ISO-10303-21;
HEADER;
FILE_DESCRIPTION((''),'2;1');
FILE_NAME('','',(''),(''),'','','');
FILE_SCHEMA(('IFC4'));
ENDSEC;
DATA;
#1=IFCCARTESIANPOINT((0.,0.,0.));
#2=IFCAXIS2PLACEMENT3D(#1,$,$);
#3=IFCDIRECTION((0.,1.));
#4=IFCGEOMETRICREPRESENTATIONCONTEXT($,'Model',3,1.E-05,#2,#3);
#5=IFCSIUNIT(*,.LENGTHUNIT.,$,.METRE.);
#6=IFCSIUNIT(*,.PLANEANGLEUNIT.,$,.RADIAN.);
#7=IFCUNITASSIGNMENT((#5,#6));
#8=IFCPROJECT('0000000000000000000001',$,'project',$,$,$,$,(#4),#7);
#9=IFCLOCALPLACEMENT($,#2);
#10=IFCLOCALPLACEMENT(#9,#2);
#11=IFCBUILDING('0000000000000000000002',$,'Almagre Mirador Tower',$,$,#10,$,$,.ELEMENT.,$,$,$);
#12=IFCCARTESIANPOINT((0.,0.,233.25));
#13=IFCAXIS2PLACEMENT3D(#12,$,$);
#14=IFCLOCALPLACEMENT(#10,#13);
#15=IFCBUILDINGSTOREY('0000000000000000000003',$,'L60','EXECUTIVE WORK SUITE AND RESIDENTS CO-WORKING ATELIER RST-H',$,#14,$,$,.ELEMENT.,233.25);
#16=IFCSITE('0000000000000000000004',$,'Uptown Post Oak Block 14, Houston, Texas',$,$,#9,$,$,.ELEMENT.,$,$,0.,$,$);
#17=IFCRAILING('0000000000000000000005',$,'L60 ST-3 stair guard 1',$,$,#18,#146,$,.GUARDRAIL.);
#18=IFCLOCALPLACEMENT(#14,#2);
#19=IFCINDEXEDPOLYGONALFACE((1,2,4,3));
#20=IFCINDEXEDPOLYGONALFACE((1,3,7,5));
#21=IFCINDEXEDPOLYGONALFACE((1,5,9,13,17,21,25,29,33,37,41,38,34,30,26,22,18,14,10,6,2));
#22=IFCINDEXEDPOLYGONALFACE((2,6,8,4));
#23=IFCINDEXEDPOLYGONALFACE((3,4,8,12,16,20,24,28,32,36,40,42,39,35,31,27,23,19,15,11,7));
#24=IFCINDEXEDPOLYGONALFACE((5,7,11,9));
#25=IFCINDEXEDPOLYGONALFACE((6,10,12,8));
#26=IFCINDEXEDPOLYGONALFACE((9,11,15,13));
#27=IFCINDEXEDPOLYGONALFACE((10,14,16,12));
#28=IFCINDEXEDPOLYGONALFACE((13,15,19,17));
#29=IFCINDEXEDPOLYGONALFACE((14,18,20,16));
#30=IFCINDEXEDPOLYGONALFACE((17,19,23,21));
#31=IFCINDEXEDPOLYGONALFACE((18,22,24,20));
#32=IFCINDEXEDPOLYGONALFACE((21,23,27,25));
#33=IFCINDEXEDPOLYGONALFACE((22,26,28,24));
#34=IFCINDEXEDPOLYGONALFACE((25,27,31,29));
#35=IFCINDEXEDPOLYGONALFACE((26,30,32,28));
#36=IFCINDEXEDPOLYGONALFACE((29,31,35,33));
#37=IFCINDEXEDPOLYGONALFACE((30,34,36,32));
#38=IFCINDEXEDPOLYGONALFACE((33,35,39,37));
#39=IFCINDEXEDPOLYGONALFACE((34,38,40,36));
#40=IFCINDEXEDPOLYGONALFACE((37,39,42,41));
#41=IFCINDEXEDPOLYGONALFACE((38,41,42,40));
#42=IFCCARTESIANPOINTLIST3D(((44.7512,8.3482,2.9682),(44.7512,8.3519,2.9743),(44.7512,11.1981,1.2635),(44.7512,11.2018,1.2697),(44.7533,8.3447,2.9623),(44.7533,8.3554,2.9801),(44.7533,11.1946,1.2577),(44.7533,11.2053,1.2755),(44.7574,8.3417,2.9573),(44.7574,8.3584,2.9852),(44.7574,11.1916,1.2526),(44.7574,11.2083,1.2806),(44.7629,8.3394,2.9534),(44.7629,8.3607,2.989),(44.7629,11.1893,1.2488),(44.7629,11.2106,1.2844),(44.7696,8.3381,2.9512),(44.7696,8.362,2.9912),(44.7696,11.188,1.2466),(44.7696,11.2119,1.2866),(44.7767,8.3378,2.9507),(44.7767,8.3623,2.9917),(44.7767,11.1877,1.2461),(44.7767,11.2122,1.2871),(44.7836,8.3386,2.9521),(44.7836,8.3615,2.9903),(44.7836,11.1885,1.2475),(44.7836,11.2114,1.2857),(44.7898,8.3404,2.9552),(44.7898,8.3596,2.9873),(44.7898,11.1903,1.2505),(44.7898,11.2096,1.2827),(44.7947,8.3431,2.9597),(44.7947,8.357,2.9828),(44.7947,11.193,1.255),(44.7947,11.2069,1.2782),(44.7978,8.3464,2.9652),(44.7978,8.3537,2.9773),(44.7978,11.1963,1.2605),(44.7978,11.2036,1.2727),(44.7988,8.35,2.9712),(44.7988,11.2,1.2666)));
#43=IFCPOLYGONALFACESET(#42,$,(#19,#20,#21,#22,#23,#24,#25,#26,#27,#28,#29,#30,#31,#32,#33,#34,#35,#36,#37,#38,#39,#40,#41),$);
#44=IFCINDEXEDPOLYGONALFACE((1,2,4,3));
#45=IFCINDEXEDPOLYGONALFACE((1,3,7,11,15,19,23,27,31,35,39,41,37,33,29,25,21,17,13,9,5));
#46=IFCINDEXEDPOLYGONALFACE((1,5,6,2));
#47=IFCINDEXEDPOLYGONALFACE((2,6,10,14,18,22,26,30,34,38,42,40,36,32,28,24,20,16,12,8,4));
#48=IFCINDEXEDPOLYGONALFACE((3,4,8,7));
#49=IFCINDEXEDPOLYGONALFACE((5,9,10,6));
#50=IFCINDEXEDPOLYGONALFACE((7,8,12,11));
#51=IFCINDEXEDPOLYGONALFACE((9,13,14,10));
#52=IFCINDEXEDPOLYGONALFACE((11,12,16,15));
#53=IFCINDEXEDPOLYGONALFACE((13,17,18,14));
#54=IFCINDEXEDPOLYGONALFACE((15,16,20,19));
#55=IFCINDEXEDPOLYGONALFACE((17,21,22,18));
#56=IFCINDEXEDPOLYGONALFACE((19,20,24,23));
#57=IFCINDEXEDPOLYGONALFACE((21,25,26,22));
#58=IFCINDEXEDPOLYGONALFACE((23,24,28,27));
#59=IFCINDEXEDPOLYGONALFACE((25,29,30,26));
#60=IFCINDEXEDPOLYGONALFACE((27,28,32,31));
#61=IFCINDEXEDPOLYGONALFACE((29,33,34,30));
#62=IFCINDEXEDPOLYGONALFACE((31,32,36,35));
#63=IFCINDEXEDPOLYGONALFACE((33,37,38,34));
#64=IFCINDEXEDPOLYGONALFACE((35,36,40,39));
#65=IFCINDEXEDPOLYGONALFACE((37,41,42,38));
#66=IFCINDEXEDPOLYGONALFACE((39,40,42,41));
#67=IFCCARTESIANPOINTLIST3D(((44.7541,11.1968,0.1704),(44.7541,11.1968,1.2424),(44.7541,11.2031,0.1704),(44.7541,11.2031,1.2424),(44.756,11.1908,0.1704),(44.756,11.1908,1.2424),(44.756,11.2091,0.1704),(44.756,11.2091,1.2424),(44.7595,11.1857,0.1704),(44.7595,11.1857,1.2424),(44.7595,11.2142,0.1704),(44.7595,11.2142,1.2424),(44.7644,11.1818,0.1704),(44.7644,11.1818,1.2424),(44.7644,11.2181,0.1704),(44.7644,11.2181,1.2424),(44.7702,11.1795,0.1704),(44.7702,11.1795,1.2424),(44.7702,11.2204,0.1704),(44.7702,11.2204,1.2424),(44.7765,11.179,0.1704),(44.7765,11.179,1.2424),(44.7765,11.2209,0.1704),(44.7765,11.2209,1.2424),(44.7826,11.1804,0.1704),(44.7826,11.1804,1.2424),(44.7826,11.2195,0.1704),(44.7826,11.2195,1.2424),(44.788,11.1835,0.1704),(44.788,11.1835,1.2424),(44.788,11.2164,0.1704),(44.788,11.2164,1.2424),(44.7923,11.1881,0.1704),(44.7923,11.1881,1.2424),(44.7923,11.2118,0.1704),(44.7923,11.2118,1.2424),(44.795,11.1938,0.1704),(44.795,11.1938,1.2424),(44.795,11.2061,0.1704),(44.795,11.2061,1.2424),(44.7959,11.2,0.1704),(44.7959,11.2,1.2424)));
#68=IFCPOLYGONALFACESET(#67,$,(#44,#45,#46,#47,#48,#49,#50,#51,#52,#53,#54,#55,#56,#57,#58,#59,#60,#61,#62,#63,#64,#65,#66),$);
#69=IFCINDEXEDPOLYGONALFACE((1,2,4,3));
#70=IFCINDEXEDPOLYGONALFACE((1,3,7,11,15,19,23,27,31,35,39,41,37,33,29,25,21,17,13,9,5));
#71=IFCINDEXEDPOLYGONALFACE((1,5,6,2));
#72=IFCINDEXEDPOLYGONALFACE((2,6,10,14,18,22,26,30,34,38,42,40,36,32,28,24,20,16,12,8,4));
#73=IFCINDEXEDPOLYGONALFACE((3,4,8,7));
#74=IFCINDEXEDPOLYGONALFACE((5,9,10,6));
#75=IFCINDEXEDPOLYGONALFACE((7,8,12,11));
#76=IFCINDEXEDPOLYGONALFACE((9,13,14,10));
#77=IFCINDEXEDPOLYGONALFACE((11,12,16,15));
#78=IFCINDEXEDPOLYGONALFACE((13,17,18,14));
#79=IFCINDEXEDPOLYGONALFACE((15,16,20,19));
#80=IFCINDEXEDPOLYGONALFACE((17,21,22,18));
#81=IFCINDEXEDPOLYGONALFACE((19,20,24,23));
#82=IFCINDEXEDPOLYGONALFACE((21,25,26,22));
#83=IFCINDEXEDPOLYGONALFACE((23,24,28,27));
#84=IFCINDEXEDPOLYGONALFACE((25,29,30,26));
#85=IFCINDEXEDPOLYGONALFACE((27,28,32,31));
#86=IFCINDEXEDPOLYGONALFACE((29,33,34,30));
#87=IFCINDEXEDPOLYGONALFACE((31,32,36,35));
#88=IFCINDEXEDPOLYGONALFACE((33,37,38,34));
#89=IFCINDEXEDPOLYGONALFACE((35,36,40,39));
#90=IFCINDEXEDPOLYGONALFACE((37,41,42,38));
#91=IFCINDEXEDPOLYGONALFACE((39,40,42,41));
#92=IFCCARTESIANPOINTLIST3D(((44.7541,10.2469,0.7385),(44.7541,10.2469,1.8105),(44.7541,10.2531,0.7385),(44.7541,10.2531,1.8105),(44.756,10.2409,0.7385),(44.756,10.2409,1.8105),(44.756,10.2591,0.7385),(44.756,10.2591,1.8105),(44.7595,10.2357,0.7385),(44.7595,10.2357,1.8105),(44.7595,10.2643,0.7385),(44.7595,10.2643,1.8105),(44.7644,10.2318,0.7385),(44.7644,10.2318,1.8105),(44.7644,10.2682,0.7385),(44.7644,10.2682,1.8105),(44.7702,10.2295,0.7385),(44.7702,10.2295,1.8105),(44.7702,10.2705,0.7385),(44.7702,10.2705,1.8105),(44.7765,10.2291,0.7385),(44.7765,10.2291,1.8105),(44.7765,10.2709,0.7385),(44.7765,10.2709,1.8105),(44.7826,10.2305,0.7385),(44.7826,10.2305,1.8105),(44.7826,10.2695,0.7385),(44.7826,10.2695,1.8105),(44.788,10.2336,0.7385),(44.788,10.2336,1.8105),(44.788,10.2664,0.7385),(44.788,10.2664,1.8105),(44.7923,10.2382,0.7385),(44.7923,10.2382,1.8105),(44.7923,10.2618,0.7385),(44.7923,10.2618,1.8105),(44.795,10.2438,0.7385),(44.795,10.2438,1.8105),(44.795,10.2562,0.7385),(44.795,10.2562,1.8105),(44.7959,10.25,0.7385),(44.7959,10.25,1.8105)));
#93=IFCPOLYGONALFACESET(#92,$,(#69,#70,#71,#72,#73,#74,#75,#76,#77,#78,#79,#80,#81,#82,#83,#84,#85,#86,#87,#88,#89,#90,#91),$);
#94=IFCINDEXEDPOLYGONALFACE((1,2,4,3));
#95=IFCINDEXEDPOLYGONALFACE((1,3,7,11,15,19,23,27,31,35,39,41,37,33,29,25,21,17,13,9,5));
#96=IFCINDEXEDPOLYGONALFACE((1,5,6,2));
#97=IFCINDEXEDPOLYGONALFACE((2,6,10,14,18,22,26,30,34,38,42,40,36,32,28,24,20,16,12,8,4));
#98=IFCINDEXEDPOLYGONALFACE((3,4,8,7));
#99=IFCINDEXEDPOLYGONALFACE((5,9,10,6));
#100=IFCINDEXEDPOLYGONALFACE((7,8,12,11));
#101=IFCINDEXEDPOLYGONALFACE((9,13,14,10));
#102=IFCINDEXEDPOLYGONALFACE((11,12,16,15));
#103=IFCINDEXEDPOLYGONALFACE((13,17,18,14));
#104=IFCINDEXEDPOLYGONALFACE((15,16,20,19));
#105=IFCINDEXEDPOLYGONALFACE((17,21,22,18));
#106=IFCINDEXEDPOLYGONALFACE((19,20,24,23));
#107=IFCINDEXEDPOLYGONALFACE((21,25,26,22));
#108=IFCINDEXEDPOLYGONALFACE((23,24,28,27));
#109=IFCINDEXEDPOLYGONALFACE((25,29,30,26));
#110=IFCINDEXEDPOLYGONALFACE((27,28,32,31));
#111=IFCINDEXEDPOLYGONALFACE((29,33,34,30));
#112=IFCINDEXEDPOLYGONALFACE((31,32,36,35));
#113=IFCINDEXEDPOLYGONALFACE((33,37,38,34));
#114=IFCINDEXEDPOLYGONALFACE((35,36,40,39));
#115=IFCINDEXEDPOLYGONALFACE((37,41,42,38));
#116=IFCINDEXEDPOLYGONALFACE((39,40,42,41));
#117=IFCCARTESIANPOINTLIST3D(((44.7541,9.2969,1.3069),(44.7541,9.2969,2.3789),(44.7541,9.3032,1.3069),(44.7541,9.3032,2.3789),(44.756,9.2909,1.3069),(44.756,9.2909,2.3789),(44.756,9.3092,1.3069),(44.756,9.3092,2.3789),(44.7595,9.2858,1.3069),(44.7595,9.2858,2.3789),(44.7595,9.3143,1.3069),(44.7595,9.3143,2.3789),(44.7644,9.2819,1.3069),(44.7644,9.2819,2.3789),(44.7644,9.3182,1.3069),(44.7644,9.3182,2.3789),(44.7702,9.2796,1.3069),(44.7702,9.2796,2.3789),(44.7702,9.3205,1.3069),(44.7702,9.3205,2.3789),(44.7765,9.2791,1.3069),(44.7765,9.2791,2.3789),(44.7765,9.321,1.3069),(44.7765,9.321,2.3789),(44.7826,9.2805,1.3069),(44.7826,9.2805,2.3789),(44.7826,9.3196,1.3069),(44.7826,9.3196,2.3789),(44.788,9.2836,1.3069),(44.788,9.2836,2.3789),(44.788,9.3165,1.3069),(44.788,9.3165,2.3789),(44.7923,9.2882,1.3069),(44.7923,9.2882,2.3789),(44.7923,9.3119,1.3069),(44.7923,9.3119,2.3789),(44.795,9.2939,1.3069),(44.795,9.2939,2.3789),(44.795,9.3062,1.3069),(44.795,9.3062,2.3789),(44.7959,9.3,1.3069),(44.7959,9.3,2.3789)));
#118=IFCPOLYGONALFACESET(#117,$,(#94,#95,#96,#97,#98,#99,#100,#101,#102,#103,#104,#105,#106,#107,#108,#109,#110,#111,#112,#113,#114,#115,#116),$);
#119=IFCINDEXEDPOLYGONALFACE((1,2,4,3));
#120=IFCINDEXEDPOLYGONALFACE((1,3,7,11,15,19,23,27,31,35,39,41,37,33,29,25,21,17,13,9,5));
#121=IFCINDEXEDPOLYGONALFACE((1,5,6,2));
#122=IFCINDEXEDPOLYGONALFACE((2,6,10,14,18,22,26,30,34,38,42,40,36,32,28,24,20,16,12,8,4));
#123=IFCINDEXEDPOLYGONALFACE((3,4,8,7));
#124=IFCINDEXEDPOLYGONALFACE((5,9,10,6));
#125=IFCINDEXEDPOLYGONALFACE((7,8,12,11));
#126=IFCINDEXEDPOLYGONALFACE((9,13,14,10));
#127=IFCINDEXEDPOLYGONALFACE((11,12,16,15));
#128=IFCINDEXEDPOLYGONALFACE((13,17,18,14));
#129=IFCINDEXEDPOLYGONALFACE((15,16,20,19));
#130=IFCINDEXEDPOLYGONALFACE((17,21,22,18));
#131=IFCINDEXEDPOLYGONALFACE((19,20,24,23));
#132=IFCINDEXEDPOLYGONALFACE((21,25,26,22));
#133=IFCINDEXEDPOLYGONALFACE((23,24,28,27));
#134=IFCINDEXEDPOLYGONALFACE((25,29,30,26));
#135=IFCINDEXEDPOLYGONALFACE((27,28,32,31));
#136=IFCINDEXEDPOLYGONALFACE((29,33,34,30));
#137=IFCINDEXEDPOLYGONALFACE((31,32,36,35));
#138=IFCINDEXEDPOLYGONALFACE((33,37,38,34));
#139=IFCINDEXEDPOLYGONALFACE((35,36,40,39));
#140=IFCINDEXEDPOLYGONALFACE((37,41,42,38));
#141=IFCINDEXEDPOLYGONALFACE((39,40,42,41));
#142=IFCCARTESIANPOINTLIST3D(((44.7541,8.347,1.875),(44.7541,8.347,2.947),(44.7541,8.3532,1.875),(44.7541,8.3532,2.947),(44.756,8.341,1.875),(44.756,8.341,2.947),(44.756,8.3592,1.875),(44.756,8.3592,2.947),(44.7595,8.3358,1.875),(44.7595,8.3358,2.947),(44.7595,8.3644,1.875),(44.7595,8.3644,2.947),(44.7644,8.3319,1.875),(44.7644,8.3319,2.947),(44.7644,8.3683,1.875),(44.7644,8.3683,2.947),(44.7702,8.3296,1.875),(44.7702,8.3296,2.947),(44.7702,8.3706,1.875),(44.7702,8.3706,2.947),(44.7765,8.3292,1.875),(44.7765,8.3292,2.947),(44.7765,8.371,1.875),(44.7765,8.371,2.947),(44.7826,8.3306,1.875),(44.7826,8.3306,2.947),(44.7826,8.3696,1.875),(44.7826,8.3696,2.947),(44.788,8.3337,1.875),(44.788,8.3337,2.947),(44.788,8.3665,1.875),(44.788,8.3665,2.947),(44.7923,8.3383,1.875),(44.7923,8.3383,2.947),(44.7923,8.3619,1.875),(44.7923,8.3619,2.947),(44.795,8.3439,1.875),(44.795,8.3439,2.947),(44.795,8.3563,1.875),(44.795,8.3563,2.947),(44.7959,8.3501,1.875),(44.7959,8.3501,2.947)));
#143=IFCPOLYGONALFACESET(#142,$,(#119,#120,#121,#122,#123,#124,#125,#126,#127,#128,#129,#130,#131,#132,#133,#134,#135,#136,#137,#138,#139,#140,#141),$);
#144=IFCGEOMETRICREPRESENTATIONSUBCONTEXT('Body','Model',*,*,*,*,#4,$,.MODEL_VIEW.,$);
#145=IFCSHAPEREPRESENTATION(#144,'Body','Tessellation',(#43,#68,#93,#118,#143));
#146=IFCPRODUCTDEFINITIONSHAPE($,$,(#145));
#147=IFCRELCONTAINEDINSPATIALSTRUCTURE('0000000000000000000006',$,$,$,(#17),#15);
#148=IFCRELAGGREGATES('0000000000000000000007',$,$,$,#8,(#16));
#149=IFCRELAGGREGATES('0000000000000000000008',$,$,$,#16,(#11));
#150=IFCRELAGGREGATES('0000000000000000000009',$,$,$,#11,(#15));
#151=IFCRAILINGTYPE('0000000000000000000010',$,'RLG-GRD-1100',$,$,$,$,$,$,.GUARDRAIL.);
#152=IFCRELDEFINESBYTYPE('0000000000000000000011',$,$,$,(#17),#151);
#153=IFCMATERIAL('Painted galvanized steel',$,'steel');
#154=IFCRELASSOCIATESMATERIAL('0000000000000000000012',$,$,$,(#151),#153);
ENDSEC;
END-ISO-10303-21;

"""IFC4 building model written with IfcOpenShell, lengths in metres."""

from ifc_helpers import new_model, si_unit, direction, frame, origin, origin_2d, place, context, subcontext, project, spatial, circle, extrude, material, type_object, element, save


model = new_model("IFC4")

# Units and contexts
model_context = context("Model", 3, precision=1e-05, world=origin(), true_north=direction((0.0, 1.0)))
body_context = subcontext(model_context, "Body", "Model", "MODEL_VIEW")
ifc_project = project(units=[si_unit("LENGTHUNIT", "METRE"), si_unit("PLANEANGLEUNIT", "RADIAN")], contexts=[model_context])

# Site, building, storey
site_placement = place(None, origin())
site = spatial("IfcSite", under=ifc_project, at=site_placement, Name="Uptown Post Oak Block 14, Houston, Texas", CompositionType="ELEMENT", RefElevation=0.0)
building_placement = place(site_placement, origin())
building = spatial("IfcBuilding", under=site, at=building_placement, Name="Almagre Mirador Tower", CompositionType="ELEMENT")
storey_placement = place(building_placement, frame((0.0, 0.0, 233.25)))
storey = spatial("IfcBuildingStorey", under=building, at=storey_placement, Name="L60", Description="EXECUTIVE WORK SUITE AND RESIDENTS CO-WORKING ATELIER RST-H", CompositionType="ELEMENT", Elevation=233.25)

# Railing
ifc_material_1 = material(Name="Painted galvanized steel", Category="steel")
railing_type_1 = type_object("IfcRailingType", Name="RLG-GRD-1100", PredefinedType="GUARDRAIL", material=ifc_material_1)
railing_1_placement = place(storey_placement, frame((44.7749, 11.2, 0.1704)))
element("IfcRailing", 1, at=railing_1_placement, inside=storey, type_object=railing_type_1, Name="L60 ST-3 stair guard 1", PredefinedType="GUARDRAIL", context=body_context, shape_type="SweptSolid", body=[
    extrude(circle(Radius=0.0239, at=origin_2d()), frame((0.0, 0.0, 1.0962), z_axis=(0.0, -0.858199, 0.513317), x_axis=(1.0, 0.0, 0.0)), (0.0, 0.0, 1.0), 3.3208),
    extrude(circle(Radius=0.021, at=origin_2d()), origin(), (0.0, 0.0, 1.0), 1.072),
    extrude(circle(Radius=0.021, at=origin_2d()), frame((0.0, -0.95, 0.5681)), (0.0, 0.0, 1.0), 1.072),
    extrude(circle(Radius=0.021, at=origin_2d()), frame((0.0, -1.8999, 1.1365)), (0.0, 0.0, 1.0), 1.072),
    extrude(circle(Radius=0.021, at=origin_2d()), frame((0.0, -2.8499, 1.7046)), (0.0, 0.0, 1.0), 1.072),
])

save(model, "model.ifc")
